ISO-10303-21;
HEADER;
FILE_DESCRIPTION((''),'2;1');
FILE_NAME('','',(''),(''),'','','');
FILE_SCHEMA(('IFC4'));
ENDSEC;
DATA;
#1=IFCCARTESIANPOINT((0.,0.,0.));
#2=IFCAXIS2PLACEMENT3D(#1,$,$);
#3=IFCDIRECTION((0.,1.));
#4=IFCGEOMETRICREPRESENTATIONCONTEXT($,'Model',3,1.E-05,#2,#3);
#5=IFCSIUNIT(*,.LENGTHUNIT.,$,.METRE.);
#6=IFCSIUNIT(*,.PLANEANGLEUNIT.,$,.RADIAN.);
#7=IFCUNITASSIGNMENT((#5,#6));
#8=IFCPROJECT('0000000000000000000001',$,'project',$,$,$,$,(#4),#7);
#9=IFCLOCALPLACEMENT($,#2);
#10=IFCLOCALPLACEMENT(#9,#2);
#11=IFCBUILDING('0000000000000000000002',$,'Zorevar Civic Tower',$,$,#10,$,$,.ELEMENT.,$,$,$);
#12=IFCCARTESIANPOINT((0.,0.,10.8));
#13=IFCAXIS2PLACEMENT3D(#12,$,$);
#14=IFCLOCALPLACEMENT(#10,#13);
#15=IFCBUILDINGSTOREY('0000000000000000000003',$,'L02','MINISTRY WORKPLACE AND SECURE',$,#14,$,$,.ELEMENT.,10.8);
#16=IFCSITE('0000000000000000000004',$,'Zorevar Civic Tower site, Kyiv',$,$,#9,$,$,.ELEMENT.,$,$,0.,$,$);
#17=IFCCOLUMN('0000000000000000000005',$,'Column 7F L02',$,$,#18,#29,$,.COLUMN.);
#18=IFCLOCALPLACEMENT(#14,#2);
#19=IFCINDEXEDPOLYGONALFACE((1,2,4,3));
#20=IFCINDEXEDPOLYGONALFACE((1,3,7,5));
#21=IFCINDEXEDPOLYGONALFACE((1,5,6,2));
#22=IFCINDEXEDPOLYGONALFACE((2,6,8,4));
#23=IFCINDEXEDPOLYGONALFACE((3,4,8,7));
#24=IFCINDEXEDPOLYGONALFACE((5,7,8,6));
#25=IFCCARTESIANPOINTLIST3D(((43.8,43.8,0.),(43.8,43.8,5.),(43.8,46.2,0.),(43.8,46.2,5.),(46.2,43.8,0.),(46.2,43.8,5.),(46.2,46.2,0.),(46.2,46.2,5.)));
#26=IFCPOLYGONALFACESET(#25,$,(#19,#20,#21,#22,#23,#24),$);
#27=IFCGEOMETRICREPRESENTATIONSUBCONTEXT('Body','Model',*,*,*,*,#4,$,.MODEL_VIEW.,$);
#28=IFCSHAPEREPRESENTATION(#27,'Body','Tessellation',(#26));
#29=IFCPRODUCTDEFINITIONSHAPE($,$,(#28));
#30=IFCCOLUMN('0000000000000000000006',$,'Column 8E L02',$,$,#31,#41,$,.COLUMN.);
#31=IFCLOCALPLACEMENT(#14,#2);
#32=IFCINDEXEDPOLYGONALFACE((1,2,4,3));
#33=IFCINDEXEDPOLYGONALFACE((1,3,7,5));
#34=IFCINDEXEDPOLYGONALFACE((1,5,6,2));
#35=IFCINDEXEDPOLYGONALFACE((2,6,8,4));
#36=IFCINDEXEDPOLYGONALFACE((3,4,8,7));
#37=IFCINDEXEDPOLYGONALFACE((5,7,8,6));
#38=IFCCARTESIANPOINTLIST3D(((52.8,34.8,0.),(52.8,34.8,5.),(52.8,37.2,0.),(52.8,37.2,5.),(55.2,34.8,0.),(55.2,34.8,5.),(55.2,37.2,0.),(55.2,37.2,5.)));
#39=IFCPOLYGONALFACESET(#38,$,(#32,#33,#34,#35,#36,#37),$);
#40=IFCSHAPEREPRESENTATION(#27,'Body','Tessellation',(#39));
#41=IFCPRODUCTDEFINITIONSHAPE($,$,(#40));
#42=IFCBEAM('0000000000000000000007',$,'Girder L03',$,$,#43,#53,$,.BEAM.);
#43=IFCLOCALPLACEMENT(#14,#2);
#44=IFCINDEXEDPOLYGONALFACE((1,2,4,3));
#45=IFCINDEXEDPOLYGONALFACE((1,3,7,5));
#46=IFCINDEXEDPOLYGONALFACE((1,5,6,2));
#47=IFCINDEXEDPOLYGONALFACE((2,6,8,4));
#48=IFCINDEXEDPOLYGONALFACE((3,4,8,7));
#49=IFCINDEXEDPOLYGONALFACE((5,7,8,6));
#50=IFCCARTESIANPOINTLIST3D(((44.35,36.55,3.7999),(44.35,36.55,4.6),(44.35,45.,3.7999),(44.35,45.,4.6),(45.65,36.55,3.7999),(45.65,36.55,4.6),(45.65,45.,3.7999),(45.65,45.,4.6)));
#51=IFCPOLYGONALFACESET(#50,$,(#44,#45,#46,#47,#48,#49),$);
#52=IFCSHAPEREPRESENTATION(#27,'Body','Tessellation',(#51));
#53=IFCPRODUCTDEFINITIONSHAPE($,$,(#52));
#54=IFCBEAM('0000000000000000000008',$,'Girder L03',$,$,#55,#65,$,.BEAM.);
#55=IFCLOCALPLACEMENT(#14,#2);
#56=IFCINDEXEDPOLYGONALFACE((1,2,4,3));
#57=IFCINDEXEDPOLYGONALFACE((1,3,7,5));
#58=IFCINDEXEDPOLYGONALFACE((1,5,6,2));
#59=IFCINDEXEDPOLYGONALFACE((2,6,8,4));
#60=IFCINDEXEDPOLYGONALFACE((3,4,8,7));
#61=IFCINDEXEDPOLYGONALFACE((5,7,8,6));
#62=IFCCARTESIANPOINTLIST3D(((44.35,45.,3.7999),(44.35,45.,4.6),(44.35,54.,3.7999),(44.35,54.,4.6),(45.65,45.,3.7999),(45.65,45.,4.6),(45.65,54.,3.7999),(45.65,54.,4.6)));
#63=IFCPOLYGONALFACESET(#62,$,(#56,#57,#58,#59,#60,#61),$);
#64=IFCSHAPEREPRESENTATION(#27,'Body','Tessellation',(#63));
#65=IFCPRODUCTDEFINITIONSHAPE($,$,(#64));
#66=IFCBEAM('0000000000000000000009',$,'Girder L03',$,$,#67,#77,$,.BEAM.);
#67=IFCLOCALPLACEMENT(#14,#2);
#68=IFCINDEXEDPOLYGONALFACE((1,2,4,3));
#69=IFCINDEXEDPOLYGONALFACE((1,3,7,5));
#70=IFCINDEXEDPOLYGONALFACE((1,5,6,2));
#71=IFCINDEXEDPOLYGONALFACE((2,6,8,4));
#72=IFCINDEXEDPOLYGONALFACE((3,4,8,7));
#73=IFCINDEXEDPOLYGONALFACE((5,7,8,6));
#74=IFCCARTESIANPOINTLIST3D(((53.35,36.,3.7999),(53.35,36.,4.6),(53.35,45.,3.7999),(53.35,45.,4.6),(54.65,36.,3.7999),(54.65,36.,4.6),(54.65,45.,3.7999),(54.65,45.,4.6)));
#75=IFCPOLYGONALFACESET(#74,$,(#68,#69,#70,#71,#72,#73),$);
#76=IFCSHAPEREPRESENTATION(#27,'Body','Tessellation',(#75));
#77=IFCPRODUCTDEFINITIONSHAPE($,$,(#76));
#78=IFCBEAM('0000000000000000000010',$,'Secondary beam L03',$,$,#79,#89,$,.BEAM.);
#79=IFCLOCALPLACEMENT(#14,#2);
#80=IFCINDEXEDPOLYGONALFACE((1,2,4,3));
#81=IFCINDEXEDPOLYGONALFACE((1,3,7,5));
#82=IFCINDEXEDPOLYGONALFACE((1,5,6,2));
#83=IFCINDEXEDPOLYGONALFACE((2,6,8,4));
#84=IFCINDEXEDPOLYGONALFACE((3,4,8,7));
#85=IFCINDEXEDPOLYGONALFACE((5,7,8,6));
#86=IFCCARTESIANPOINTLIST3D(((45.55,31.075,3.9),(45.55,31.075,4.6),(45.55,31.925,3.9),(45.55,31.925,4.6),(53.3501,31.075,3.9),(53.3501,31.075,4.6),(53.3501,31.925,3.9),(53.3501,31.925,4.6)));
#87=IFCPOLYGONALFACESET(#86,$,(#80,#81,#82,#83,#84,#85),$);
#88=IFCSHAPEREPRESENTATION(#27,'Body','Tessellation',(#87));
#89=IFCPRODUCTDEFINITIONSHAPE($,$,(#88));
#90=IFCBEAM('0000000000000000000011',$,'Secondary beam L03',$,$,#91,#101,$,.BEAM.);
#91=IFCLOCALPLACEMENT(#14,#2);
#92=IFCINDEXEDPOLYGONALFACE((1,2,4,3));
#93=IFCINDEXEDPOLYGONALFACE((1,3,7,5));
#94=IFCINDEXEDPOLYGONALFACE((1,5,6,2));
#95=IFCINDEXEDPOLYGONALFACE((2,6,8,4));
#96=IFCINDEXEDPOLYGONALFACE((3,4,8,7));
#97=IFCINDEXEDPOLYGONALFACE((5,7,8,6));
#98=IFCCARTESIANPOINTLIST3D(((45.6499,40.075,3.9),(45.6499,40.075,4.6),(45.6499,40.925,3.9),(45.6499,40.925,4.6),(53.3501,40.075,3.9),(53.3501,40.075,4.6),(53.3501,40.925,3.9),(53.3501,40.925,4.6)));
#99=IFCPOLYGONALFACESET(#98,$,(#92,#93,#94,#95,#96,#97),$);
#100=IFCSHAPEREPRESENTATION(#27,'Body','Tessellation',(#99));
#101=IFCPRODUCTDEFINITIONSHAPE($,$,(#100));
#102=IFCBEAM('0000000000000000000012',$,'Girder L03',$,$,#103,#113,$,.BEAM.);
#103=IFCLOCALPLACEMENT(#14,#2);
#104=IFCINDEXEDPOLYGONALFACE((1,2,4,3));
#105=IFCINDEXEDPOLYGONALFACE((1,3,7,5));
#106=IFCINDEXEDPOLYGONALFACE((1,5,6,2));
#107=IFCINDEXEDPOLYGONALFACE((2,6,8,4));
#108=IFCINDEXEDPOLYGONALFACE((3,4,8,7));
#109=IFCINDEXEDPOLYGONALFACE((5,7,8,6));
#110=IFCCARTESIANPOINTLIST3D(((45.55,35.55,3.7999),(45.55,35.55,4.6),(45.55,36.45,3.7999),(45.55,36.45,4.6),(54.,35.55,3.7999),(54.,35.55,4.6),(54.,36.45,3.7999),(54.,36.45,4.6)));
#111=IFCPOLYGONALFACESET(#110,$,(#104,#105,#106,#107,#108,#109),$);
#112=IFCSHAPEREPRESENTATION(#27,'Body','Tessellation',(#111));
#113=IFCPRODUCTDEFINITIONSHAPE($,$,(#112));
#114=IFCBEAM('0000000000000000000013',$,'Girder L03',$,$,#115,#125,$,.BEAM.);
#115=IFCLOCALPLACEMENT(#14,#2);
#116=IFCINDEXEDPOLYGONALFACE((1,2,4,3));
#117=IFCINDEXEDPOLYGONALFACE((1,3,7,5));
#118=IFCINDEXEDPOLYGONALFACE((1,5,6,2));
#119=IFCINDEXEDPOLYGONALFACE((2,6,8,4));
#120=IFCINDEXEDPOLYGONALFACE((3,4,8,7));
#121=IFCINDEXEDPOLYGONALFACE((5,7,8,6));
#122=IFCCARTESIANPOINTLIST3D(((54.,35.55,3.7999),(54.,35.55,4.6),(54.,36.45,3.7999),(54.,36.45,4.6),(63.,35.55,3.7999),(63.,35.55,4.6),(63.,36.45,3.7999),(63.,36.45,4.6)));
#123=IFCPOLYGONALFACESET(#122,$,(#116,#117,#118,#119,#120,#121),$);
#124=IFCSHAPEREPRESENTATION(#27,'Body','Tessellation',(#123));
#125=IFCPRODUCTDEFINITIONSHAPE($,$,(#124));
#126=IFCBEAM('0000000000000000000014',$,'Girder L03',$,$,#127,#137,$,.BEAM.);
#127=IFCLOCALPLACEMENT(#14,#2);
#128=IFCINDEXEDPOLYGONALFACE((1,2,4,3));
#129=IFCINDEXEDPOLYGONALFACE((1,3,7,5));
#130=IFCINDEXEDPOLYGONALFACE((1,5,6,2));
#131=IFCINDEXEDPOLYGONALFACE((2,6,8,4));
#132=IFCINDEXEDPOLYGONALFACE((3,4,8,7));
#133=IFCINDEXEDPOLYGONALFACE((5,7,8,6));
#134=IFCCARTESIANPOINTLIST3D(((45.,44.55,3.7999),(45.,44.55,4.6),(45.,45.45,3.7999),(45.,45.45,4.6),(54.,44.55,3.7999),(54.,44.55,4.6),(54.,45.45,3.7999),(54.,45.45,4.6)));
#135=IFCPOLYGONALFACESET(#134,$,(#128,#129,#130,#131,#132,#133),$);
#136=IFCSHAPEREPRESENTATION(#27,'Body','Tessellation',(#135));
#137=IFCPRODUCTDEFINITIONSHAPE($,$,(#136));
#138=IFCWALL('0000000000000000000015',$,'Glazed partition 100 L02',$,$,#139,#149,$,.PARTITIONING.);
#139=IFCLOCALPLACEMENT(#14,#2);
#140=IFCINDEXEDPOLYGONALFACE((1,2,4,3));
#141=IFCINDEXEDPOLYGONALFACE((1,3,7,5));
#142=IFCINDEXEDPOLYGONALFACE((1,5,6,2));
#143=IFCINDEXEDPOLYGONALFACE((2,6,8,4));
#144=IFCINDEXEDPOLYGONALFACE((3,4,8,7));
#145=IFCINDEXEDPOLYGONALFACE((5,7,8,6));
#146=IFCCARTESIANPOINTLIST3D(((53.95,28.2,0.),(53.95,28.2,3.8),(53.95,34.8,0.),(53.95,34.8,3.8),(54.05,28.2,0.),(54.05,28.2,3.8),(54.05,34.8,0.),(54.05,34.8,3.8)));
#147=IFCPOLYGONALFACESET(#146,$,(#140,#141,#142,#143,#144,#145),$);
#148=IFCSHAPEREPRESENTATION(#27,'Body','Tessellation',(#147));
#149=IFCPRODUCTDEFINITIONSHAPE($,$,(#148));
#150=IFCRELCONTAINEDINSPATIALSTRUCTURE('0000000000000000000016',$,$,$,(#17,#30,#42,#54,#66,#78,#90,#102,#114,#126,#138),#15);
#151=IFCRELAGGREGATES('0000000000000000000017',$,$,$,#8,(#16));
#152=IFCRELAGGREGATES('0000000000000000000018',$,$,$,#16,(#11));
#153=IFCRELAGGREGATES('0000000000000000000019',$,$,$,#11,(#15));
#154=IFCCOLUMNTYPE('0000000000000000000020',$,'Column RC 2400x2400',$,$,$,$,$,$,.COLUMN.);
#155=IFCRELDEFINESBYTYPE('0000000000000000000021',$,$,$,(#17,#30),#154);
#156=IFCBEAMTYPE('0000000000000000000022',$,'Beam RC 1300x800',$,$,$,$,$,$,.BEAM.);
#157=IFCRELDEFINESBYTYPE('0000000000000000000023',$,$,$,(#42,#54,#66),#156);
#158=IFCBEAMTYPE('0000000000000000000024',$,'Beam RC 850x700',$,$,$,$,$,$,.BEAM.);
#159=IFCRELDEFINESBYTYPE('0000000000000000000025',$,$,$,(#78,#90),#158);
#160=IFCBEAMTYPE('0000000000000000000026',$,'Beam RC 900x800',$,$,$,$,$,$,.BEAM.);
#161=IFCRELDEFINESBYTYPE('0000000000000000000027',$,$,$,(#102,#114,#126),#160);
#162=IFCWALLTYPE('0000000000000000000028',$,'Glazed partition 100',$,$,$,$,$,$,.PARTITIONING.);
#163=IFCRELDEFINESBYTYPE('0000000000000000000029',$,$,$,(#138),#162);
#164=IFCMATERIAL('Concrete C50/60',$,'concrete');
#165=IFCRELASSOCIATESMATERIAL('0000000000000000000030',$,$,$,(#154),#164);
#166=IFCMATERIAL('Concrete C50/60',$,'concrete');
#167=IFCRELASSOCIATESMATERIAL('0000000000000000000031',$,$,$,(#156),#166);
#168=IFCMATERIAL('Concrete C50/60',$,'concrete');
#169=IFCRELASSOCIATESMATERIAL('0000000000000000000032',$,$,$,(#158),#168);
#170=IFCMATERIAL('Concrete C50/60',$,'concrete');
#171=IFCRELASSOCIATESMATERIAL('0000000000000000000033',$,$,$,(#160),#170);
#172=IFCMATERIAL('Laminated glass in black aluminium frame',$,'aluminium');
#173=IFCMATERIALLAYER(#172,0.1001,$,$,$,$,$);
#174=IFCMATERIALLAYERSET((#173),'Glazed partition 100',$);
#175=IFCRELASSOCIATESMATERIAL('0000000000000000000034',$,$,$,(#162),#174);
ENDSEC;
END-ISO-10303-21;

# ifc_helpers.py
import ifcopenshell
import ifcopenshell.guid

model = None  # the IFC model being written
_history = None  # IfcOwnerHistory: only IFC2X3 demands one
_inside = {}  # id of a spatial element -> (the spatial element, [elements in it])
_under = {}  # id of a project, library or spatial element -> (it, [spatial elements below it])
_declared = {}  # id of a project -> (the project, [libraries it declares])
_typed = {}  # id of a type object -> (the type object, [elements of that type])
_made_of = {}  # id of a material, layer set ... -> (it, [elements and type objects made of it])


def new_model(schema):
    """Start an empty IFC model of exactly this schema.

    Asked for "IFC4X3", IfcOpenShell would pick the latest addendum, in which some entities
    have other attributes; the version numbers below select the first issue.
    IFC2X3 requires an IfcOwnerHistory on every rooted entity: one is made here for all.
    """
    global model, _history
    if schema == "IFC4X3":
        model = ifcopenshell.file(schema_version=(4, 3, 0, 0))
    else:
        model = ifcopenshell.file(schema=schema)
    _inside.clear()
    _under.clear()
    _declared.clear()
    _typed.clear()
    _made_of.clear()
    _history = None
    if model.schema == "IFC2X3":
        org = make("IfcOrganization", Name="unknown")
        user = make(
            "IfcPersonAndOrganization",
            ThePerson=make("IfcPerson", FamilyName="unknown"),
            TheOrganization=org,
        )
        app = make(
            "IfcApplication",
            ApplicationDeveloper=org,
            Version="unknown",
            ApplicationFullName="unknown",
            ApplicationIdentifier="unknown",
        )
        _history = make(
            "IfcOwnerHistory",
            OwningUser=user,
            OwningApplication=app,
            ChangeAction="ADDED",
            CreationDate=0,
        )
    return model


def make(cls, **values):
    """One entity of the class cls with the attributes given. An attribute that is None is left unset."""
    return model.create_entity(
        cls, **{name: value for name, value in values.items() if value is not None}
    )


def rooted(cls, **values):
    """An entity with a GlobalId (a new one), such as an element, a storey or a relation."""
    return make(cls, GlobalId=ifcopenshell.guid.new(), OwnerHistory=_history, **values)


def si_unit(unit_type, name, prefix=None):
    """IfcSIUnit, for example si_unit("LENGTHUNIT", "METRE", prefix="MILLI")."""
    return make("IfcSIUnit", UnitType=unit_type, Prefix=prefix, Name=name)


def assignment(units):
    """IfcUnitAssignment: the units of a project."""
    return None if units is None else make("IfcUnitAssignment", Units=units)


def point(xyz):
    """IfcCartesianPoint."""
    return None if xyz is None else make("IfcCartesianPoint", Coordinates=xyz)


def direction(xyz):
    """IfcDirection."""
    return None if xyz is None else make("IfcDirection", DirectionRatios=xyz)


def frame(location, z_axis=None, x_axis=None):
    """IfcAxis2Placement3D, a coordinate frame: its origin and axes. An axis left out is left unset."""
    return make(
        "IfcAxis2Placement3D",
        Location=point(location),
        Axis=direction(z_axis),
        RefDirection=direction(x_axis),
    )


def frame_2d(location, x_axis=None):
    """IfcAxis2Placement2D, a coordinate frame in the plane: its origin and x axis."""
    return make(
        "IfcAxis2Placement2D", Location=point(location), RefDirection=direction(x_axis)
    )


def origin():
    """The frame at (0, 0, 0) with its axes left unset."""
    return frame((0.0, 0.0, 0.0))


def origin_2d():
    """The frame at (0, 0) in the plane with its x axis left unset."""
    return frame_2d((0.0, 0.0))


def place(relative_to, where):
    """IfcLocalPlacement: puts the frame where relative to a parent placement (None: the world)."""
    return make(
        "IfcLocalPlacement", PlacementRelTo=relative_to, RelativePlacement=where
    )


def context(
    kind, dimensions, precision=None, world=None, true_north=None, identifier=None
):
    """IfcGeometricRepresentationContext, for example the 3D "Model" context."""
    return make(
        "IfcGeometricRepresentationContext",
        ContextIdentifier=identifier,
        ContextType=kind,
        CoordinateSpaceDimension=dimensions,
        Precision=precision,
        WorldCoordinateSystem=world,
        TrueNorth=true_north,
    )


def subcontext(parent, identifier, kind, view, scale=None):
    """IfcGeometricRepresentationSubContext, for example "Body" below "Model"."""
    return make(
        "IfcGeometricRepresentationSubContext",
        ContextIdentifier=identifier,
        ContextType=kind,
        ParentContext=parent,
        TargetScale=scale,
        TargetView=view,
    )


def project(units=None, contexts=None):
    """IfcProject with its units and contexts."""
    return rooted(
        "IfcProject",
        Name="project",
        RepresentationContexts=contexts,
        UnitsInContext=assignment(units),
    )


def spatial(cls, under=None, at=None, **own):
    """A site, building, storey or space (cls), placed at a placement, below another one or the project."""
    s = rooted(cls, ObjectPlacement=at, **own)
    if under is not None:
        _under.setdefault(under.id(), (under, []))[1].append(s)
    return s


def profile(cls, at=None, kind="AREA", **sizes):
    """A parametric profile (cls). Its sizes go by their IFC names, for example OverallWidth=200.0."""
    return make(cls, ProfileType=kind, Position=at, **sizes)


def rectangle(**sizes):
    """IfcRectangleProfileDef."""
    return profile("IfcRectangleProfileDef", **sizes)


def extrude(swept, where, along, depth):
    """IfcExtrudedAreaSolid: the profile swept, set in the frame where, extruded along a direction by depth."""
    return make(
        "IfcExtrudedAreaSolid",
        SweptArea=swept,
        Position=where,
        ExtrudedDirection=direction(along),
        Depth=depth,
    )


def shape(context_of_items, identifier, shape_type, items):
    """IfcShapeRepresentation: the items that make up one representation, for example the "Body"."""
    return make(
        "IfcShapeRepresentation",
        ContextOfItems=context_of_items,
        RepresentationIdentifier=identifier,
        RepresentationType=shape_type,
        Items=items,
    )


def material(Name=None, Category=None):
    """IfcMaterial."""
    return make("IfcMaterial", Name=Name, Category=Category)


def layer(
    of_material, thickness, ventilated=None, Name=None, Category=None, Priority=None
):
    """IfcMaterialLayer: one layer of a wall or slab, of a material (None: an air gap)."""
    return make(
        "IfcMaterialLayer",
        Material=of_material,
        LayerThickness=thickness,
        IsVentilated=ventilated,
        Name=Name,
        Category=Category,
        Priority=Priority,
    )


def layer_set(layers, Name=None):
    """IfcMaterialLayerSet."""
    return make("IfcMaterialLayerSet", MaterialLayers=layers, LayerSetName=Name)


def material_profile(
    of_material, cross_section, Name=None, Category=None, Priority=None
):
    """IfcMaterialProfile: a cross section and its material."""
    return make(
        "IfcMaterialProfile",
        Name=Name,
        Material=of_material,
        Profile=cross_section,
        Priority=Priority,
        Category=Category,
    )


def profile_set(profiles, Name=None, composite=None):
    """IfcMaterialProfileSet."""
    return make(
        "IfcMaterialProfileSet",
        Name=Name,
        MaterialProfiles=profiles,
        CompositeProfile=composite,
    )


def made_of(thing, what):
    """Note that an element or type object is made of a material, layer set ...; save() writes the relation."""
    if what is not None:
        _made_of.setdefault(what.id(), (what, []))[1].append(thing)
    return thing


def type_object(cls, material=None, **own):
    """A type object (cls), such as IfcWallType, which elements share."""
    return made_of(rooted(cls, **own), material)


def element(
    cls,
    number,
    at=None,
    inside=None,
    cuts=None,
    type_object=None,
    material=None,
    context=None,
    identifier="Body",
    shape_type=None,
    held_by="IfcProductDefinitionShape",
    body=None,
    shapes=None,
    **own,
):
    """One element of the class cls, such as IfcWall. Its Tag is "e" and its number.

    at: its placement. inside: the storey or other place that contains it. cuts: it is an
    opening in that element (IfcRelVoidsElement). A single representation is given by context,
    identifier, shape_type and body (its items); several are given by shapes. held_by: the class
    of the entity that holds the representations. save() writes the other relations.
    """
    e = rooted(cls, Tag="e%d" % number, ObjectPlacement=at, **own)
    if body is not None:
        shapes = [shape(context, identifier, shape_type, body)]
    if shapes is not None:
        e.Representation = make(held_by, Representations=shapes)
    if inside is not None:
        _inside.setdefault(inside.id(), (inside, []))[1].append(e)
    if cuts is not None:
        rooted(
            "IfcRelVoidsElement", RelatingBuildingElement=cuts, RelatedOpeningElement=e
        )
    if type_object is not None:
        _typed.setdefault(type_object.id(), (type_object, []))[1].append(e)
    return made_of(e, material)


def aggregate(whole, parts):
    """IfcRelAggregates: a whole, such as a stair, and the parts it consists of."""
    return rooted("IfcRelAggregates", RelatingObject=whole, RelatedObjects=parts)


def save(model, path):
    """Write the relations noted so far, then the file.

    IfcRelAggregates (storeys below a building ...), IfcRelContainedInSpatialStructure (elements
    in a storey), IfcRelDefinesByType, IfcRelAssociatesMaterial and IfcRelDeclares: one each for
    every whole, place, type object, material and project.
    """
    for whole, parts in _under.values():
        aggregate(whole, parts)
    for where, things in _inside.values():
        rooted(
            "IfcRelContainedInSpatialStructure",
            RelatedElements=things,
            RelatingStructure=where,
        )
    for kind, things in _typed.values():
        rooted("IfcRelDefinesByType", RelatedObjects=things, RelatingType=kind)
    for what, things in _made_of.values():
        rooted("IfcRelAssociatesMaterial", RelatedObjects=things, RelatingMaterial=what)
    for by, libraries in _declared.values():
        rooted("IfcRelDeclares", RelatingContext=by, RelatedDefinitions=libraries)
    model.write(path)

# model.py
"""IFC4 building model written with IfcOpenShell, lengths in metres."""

from ifc_helpers import new_model, si_unit, direction, frame, frame_2d, origin, origin_2d, place, context, subcontext, project, spatial, rectangle, extrude, material, layer, layer_set, material_profile, profile_set, type_object, element, save


model = new_model("IFC4")

# Units and contexts
model_context = context("Model", 3, precision=1e-05, world=origin(), true_north=direction((0.0, 1.0)))
body_context = subcontext(model_context, "Body", "Model", "MODEL_VIEW")
ifc_project = project(units=[si_unit("LENGTHUNIT", "METRE"), si_unit("PLANEANGLEUNIT", "RADIAN")], contexts=[model_context])

# Site, building, storey
site_placement = place(None, origin())
site = spatial("IfcSite", under=ifc_project, at=site_placement, Name="Zorevar Civic Tower site, Kyiv", CompositionType="ELEMENT", RefElevation=0.0)
building_placement = place(site_placement, origin())
building = spatial("IfcBuilding", under=site, at=building_placement, Name="Zorevar Civic Tower", CompositionType="ELEMENT")
storey_placement = place(building_placement, frame((0.0, 0.0, 10.8)))
storey = spatial("IfcBuildingStorey", under=building, at=storey_placement, Name="L02", Description="MINISTRY WORKPLACE AND SECURE", CompositionType="ELEMENT", Elevation=10.8)

# Columns
ifc_material_1 = material(Name="Concrete C50/60", Category="concrete")
ifc_material_profile_1 = material_profile(ifc_material_1, rectangle(XDim=2.3999, YDim=2.3999, at=origin_2d()), Name="RC 2400x2400")
ifc_profile_set_1 = profile_set([ifc_material_profile_1], Name="Concrete C50/60")
column_type = type_object("IfcColumnType", Name="Column RC 2400x2400", PredefinedType="COLUMN", material=ifc_profile_set_1)
for number, where, z_axis, x_axis, name in (
    (1, (45.0, 45.0, 0.0), (0.0, 0.0, 1.0), (1.0, 0.0, 0.0), "Column 7F L02"),
    (2, (54.0, 36.0, 0.0), (0.0, 0.0, 1.0), (1.0, 0.0, 0.0), "Column 8E L02"),
):
    element("IfcColumn", number, at=place(storey_placement, frame(where, z_axis=z_axis, x_axis=x_axis)), inside=storey, type_object=column_type, Name=name, PredefinedType="COLUMN", context=body_context, shape_type="SweptSolid", body=[
        extrude(rectangle(XDim=2.3999, YDim=2.3999, at=origin_2d()), origin(), (0.0, 0.0, 1.0), 5.0),
    ])

# Beams
ifc_material_2 = material(Name="Concrete C50/60", Category="concrete")
ifc_material_profile_2 = material_profile(ifc_material_2, rectangle(XDim=1.3, YDim=0.8, at=origin_2d()), Name="RC 1300x800")
ifc_profile_set_2 = profile_set([ifc_material_profile_2], Name="Concrete C50/60")
beam_type_1 = type_object("IfcBeamType", Name="Beam RC 1300x800", PredefinedType="BEAM", material=ifc_profile_set_2)
beam_1_placement = place(storey_placement, frame((45.0, 36.55, 4.2), z_axis=(0.0, 1.0, 0.0), x_axis=(-1.0, 0.0, 0.0)))
element("IfcBeam", 3, at=beam_1_placement, inside=storey, type_object=beam_type_1, Name="Girder L03", PredefinedType="BEAM", context=body_context, shape_type="SweptSolid", body=[
    extrude(rectangle(XDim=1.3, YDim=0.8, at=origin_2d()), origin(), (0.0, 0.0, 1.0), 8.45),
])
for number, where, z_axis, x_axis, name in (
    (4, (45.0, 45.0, 4.2), (0.0, 1.0, 0.0), (-1.0, 0.0, 0.0), "Girder L03"),
    (5, (54.0, 36.0, 4.2), (0.0, 1.0, 0.0), (-1.0, 0.0, 0.0), "Girder L03"),
):
    element("IfcBeam", number, at=place(storey_placement, frame(where, z_axis=z_axis, x_axis=x_axis)), inside=storey, type_object=beam_type_1, Name=name, PredefinedType="BEAM", context=body_context, shape_type="SweptSolid", body=[
        extrude(rectangle(XDim=1.3, YDim=0.8, at=origin_2d()), origin(), (0.0, 0.0, 1.0), 9.0),
    ])
ifc_material_3 = material(Name="Concrete C50/60", Category="concrete")
ifc_material_profile_3 = material_profile(ifc_material_3, rectangle(XDim=0.8501, YDim=0.7, at=origin_2d()), Name="RC 850x700")
ifc_profile_set_3 = profile_set([ifc_material_profile_3], Name="Concrete C50/60")
beam_type_2 = type_object("IfcBeamType", Name="Beam RC 850x700", PredefinedType="BEAM", material=ifc_profile_set_3)
beam_2_placement = place(storey_placement, frame((45.55, 31.5, 4.25), z_axis=(1.0, 0.0, 0.0), x_axis=(0.0, 1.0, 0.0)))
element("IfcBeam", 6, at=beam_2_placement, inside=storey, type_object=beam_type_2, Name="Secondary beam L03", PredefinedType="BEAM", context=body_context, shape_type="SweptSolid", body=[
    extrude(rectangle(XDim=0.8501, YDim=0.7, at=origin_2d()), origin(), (0.0, 0.0, 1.0), 7.8),
])
beam_3_placement = place(storey_placement, frame((45.6499, 40.5, 4.25), z_axis=(1.0, 0.0, 0.0), x_axis=(0.0, 1.0, 0.0)))
element("IfcBeam", 7, at=beam_3_placement, inside=storey, type_object=beam_type_2, Name="Secondary beam L03", PredefinedType="BEAM", context=body_context, shape_type="SweptSolid", body=[
    extrude(rectangle(XDim=0.8501, YDim=0.7, at=origin_2d()), origin(), (0.0, 0.0, 1.0), 7.7002),
])
ifc_material_4 = material(Name="Concrete C50/60", Category="concrete")
ifc_material_profile_4 = material_profile(ifc_material_4, rectangle(XDim=0.8999, YDim=0.8, at=origin_2d()), Name="RC 900x800")
ifc_profile_set_4 = profile_set([ifc_material_profile_4], Name="Concrete C50/60")
beam_type_3 = type_object("IfcBeamType", Name="Beam RC 900x800", PredefinedType="BEAM", material=ifc_profile_set_4)
beam_4_placement = place(storey_placement, frame((45.55, 36.0, 4.2), z_axis=(1.0, 0.0, 0.0), x_axis=(0.0, 1.0, 0.0)))
element("IfcBeam", 8, at=beam_4_placement, inside=storey, type_object=beam_type_3, Name="Girder L03", PredefinedType="BEAM", context=body_context, shape_type="SweptSolid", body=[
    extrude(rectangle(XDim=0.8999, YDim=0.8, at=origin_2d()), origin(), (0.0, 0.0, 1.0), 8.45),
])
for number, where, z_axis, x_axis, name in (
    (9, (54.0, 36.0, 4.2), (1.0, 0.0, 0.0), (0.0, 1.0, 0.0), "Girder L03"),
    (10, (45.0, 45.0, 4.2), (1.0, 0.0, 0.0), (0.0, 1.0, 0.0), "Girder L03"),
):
    element("IfcBeam", number, at=place(storey_placement, frame(where, z_axis=z_axis, x_axis=x_axis)), inside=storey, type_object=beam_type_3, Name=name, PredefinedType="BEAM", context=body_context, shape_type="SweptSolid", body=[
        extrude(rectangle(XDim=0.8999, YDim=0.8, at=origin_2d()), origin(), (0.0, 0.0, 1.0), 9.0),
    ])

# Wall
ifc_material_5 = material(Name="Laminated glass in black aluminium frame", Category="aluminium")
ifc_layer_1 = layer(ifc_material_5, 0.1001)
ifc_layer_set_1 = layer_set([ifc_layer_1], Name="Glazed partition 100")
wall_type_1 = type_object("IfcWallType", Name="Glazed partition 100", PredefinedType="PARTITIONING", material=ifc_layer_set_1)
wall_1_placement = place(storey_placement, frame((54.0, 28.2, 0.0), z_axis=(0.0, 0.0, 1.0), x_axis=(0.0, 1.0, 0.0)))
element("IfcWall", 11, at=wall_1_placement, inside=storey, type_object=wall_type_1, Name="Glazed partition 100 L02", PredefinedType="PARTITIONING", context=body_context, shape_type="SweptSolid", body=[
    extrude(rectangle(XDim=6.6001, YDim=0.1001, at=frame_2d((3.3, 0.0))), origin(), (0.0, 0.0, 1.0), 3.8),
])

save(model, "model.ifc")
